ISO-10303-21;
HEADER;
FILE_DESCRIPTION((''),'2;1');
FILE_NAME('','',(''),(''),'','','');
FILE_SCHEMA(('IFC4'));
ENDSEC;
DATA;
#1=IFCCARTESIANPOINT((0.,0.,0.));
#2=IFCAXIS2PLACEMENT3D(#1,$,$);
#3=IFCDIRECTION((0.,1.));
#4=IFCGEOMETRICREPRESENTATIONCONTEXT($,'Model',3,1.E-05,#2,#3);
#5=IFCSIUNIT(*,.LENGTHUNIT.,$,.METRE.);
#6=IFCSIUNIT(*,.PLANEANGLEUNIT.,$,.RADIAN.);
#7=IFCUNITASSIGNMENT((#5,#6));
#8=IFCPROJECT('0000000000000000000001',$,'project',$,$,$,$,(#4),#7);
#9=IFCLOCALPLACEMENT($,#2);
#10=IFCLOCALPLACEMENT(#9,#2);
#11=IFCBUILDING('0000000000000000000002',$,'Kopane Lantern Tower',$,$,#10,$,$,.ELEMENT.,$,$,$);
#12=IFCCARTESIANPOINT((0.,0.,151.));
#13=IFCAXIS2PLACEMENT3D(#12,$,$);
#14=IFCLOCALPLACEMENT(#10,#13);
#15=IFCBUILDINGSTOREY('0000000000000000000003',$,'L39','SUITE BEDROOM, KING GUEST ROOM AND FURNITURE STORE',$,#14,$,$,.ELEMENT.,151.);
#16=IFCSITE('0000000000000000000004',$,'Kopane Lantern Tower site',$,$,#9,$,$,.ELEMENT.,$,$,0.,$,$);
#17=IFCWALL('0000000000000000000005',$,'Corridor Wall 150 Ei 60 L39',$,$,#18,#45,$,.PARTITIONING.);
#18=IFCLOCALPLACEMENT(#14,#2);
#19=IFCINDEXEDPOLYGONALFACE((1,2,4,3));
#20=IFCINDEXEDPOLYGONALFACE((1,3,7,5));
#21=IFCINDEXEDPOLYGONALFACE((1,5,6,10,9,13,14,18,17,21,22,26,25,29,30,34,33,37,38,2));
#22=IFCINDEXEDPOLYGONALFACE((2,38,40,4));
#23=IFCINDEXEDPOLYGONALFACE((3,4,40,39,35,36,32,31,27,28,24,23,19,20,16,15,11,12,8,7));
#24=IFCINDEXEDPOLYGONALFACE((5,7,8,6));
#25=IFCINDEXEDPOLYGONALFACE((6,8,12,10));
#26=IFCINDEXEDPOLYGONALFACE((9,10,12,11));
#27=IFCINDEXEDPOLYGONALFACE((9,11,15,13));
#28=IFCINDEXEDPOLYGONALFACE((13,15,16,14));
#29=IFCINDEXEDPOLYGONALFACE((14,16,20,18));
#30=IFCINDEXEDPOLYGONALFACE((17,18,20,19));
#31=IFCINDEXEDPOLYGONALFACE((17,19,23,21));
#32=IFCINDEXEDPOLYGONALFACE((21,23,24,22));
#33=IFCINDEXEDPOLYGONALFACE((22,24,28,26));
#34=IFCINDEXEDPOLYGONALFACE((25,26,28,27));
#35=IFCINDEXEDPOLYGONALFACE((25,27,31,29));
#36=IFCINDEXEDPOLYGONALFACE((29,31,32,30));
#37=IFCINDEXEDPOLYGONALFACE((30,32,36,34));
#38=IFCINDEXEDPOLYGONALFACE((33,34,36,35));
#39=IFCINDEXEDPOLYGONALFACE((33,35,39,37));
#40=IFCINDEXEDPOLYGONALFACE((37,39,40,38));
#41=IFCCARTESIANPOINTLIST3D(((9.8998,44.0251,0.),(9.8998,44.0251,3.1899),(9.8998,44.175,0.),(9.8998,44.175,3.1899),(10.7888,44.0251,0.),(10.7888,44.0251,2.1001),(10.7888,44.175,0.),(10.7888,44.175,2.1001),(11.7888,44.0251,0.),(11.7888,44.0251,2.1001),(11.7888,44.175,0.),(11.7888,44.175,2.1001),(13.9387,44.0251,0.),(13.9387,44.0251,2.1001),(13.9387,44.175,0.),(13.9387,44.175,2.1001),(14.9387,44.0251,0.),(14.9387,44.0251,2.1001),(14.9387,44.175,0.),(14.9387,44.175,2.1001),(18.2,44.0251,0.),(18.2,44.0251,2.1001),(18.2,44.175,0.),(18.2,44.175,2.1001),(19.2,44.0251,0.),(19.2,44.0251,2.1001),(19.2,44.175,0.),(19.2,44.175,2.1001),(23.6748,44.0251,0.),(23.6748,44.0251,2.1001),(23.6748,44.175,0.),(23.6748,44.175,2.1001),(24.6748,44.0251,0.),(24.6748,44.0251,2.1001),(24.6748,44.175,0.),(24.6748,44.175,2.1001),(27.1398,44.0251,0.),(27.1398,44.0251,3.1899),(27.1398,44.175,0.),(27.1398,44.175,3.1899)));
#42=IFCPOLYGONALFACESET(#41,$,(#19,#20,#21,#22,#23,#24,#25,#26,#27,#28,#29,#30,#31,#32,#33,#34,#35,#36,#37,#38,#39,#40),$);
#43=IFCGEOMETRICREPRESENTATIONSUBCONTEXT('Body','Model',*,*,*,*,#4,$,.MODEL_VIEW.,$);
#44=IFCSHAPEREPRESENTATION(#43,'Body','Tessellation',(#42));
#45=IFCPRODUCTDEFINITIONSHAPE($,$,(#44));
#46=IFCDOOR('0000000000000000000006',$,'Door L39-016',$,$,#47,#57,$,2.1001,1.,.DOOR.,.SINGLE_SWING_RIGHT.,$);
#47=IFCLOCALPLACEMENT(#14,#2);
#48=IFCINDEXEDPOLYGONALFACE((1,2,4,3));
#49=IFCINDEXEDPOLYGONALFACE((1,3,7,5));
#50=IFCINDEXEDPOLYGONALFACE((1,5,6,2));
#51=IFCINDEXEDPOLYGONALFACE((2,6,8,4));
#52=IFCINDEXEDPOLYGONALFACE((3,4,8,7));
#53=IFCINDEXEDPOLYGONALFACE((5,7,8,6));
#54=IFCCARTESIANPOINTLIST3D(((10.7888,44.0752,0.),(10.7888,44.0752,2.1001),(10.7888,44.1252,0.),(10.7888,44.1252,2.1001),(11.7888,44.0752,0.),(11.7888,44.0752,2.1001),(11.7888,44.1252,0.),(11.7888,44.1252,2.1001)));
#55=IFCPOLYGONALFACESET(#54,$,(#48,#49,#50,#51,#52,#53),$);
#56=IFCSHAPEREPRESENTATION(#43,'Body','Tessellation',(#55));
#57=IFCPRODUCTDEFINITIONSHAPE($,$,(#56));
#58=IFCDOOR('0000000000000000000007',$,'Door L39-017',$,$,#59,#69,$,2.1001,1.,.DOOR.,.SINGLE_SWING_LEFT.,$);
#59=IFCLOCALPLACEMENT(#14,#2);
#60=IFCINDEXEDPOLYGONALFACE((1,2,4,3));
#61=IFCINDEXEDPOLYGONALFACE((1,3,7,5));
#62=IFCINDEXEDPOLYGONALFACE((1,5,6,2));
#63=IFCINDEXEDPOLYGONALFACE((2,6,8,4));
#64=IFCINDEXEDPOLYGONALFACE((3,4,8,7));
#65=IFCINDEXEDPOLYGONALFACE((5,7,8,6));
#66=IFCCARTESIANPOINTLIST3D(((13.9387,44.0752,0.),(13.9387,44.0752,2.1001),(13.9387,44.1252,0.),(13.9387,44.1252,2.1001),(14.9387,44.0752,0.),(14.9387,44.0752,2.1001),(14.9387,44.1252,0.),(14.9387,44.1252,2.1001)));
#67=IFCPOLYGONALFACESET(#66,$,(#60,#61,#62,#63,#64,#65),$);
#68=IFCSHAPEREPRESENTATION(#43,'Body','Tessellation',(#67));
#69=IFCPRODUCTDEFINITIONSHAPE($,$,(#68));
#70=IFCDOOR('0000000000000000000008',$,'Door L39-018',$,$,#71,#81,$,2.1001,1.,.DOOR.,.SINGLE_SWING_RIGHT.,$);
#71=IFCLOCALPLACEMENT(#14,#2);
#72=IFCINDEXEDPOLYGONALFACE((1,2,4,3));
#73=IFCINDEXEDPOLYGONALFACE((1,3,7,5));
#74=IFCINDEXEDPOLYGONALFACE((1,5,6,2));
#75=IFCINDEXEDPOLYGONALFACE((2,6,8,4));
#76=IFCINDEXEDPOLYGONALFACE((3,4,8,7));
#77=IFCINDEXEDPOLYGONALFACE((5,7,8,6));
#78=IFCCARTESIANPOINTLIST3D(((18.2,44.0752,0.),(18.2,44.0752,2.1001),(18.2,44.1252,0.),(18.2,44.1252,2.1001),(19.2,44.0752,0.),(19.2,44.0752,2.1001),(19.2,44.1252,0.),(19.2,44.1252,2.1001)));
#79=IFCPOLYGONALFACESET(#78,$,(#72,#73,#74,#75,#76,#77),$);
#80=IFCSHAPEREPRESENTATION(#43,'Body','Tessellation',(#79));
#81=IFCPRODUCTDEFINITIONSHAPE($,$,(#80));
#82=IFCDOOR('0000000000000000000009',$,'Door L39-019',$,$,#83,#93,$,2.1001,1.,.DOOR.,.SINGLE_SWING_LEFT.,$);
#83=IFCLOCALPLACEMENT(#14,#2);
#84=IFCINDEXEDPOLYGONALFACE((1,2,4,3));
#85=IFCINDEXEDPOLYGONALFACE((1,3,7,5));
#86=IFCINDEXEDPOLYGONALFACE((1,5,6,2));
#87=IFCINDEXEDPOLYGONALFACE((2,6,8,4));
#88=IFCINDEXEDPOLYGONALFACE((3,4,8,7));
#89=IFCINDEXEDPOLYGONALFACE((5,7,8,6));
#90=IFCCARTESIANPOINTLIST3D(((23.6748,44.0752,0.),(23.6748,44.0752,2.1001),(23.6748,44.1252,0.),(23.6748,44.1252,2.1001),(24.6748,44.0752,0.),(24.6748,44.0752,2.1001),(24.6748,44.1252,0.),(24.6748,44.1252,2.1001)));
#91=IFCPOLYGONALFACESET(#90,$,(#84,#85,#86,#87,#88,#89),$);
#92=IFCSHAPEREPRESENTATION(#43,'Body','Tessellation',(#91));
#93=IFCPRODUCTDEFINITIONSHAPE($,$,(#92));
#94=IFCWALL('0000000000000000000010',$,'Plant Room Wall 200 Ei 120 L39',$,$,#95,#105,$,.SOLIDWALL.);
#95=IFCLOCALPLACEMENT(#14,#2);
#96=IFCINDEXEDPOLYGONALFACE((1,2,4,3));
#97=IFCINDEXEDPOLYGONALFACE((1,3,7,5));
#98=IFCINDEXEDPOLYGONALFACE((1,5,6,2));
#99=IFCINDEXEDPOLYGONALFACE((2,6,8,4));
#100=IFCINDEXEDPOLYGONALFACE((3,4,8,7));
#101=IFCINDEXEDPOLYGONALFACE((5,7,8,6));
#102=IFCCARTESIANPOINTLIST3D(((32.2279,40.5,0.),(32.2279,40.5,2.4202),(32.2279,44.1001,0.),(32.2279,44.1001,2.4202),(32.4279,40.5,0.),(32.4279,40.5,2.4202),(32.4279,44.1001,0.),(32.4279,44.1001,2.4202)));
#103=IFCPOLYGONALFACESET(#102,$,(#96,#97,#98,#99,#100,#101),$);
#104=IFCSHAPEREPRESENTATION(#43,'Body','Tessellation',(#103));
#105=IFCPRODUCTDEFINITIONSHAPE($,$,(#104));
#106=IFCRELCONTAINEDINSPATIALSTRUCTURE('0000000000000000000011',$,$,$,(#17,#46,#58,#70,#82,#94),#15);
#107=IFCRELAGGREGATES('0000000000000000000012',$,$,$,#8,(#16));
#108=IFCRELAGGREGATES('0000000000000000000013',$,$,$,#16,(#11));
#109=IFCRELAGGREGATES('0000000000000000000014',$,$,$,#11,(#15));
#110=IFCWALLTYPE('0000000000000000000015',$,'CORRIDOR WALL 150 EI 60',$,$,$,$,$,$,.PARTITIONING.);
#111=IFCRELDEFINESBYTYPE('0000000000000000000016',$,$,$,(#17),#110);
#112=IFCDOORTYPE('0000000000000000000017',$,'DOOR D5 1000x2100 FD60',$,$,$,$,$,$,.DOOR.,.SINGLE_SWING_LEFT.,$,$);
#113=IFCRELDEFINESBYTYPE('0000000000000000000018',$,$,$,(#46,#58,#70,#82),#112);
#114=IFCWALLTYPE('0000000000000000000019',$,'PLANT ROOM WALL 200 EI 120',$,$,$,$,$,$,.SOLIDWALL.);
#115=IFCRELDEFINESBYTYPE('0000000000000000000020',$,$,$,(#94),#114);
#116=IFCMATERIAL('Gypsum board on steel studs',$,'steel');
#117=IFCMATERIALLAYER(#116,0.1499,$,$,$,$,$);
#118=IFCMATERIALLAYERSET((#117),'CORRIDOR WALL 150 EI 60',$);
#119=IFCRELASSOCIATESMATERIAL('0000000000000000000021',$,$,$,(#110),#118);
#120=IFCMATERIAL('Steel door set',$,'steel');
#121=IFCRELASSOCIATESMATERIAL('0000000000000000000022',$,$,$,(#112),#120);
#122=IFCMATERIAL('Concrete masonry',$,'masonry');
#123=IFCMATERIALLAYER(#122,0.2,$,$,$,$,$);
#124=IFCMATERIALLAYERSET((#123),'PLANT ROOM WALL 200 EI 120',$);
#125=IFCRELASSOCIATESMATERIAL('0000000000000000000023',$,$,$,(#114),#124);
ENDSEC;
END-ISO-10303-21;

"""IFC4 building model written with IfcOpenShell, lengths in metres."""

from ifc_helpers import new_model, si_unit, direction, frame, frame_2d, origin, place, context, subcontext, project, spatial, rectangle, extrude, material, layer, layer_set, type_object, element, fill, save


model = new_model("IFC4")

# Units and contexts
model_context = context("Model", 3, precision=1e-05, world=origin(), true_north=direction((0.0, 1.0)))
body_context = subcontext(model_context, "Body", "Model", "MODEL_VIEW")
ifc_project = project(units=[si_unit("LENGTHUNIT", "METRE"), si_unit("PLANEANGLEUNIT", "RADIAN")], contexts=[model_context])

# Site, building, storey
site_placement = place(None, origin())
site = spatial("IfcSite", under=ifc_project, at=site_placement, Name="Kopane Lantern Tower site", CompositionType="ELEMENT", RefElevation=0.0)
building_placement = place(site_placement, origin())
building = spatial("IfcBuilding", under=site, at=building_placement, Name="Kopane Lantern Tower", CompositionType="ELEMENT")
storey_placement = place(building_placement, frame((0.0, 0.0, 151.0)))
storey = spatial("IfcBuildingStorey", under=building, at=storey_placement, Name="L39", Description="SUITE BEDROOM, KING GUEST ROOM AND FURNITURE STORE", CompositionType="ELEMENT", Elevation=151.0)

# Wall, openings, doors
ifc_material_1 = material(Name="Gypsum board on steel studs", Category="steel")
ifc_layer_1 = layer(ifc_material_1, 0.1499)
ifc_layer_set_1 = layer_set([ifc_layer_1], Name="CORRIDOR WALL 150 EI 60")
wall_type_1 = type_object("IfcWallType", Name="CORRIDOR WALL 150 EI 60", PredefinedType="PARTITIONING", material=ifc_layer_set_1)
wall_1_placement = place(storey_placement, frame((27.1399, 44.1001, 0.0), z_axis=(0.0, 0.0, 1.0), x_axis=(-1.0, 0.0, 0.0)))
wall_1 = element("IfcWall", 1, at=wall_1_placement, inside=storey, type_object=wall_type_1, Name="Corridor Wall 150 Ei 60 L39", PredefinedType="PARTITIONING", context=body_context, shape_type="SweptSolid", body=[
    extrude(rectangle(XDim=17.24, YDim=0.1499, at=frame_2d((8.6201, 0.0))), origin(), (0.0, 0.0, 1.0), 3.1899),
])
opening_1_placement = place(wall_1_placement, frame((15.3511, 0.0, 0.0)))
opening_1 = element("IfcOpeningElement", 2, at=opening_1_placement, cuts=wall_1, PredefinedType="OPENING", context=body_context, shape_type="SweptSolid", body=[
    extrude(rectangle(XDim=1.0, YDim=2.1001, at=frame_2d((0.5, 1.05))), frame((0.0, 0.085, 0.0), z_axis=(0.0, -1.0, 0.0), x_axis=(1.0, 0.0, 0.0)), (0.0, 0.0, 1.0), 0.1699),
])
opening_2_placement = place(wall_1_placement, frame((12.2012, 0.0, 0.0)))
opening_2 = element("IfcOpeningElement", 3, at=opening_2_placement, cuts=wall_1, PredefinedType="OPENING", context=body_context, shape_type="SweptSolid", body=[
    extrude(rectangle(XDim=1.0, YDim=2.1001, at=frame_2d((0.5, 1.05))), frame((0.0, 0.085, 0.0), z_axis=(0.0, -1.0, 0.0), x_axis=(1.0, 0.0, 0.0)), (0.0, 0.0, 1.0), 0.1699),
])
opening_3_placement = place(wall_1_placement, frame((7.9399, 0.0, 0.0)))
opening_3 = element("IfcOpeningElement", 4, at=opening_3_placement, cuts=wall_1, PredefinedType="OPENING", context=body_context, shape_type="SweptSolid", body=[
    extrude(rectangle(XDim=1.0, YDim=2.1001, at=frame_2d((0.5, 1.05))), frame((0.0, 0.085, 0.0), z_axis=(0.0, -1.0, 0.0), x_axis=(1.0, 0.0, 0.0)), (0.0, 0.0, 1.0), 0.1699),
])
opening_4_placement = place(wall_1_placement, frame((2.4651, 0.0, 0.0)))
opening_4 = element("IfcOpeningElement", 5, at=opening_4_placement, cuts=wall_1, PredefinedType="OPENING", context=body_context, shape_type="SweptSolid", body=[
    extrude(rectangle(XDim=1.0, YDim=2.1001, at=frame_2d((0.5, 1.05))), frame((0.0, 0.085, 0.0), z_axis=(0.0, -1.0, 0.0), x_axis=(1.0, 0.0, 0.0)), (0.0, 0.0, 1.0), 0.1699),
])
ifc_material_2 = material(Name="Steel door set", Category="steel")
door_type_1 = type_object("IfcDoorType", Name="DOOR D5 1000x2100 FD60", OperationType="SINGLE_SWING_LEFT", PredefinedType="DOOR", material=ifc_material_2)
door_1_placement = place(opening_1_placement, origin())
door_1 = element("IfcDoor", 6, at=door_1_placement, inside=storey, type_object=door_type_1, Name="Door L39-016", OperationType="SINGLE_SWING_RIGHT", OverallHeight=2.1001, OverallWidth=1.0, PredefinedType="DOOR", context=body_context, shape_type="SweptSolid", body=[
    extrude(rectangle(XDim=1.0, YDim=2.1001, at=frame_2d((0.5, 1.05))), frame((0.0, 0.0249, 0.0), z_axis=(0.0, -1.0, 0.0), x_axis=(1.0, 0.0, 0.0)), (0.0, 0.0, 1.0), 0.05),
])
fill(opening_1, door_1)
door_2_placement = place(opening_2_placement, origin())
door_2 = element("IfcDoor", 7, at=door_2_placement, inside=storey, type_object=door_type_1, Name="Door L39-017", OperationType="SINGLE_SWING_LEFT", OverallHeight=2.1001, OverallWidth=1.0, PredefinedType="DOOR", context=body_context, shape_type="SweptSolid", body=[
    extrude(rectangle(XDim=1.0, YDim=2.1001, at=frame_2d((0.5, 1.05))), frame((0.0, 0.0249, 0.0), z_axis=(0.0, -1.0, 0.0), x_axis=(1.0, 0.0, 0.0)), (0.0, 0.0, 1.0), 0.05),
])
fill(opening_2, door_2)
door_3_placement = place(opening_3_placement, origin())
door_3 = element("IfcDoor", 8, at=door_3_placement, inside=storey, type_object=door_type_1, Name="Door L39-018", OperationType="SINGLE_SWING_RIGHT", OverallHeight=2.1001, OverallWidth=1.0, PredefinedType="DOOR", context=body_context, shape_type="SweptSolid", body=[
    extrude(rectangle(XDim=1.0, YDim=2.1001, at=frame_2d((0.5, 1.05))), frame((0.0, 0.0249, 0.0), z_axis=(0.0, -1.0, 0.0), x_axis=(1.0, 0.0, 0.0)), (0.0, 0.0, 1.0), 0.05),
])
fill(opening_3, door_3)
door_4_placement = place(opening_4_placement, origin())
door_4 = element("IfcDoor", 9, at=door_4_placement, inside=storey, type_object=door_type_1, Name="Door L39-019", OperationType="SINGLE_SWING_LEFT", OverallHeight=2.1001, OverallWidth=1.0, PredefinedType="DOOR", context=body_context, shape_type="SweptSolid", body=[
    extrude(rectangle(XDim=1.0, YDim=2.1001, at=frame_2d((0.5, 1.05))), frame((0.0, 0.0249, 0.0), z_axis=(0.0, -1.0, 0.0), x_axis=(1.0, 0.0, 0.0)), (0.0, 0.0, 1.0), 0.05),
])
fill(opening_4, door_4)

# Wall
ifc_material_3 = material(Name="Concrete masonry", Category="masonry")
ifc_layer_2 = layer(ifc_material_3, 0.2)
ifc_layer_set_2 = layer_set([ifc_layer_2], Name="PLANT ROOM WALL 200 EI 120")
wall_type_2 = type_object("IfcWallType", Name="PLANT ROOM WALL 200 EI 120", PredefinedType="SOLIDWALL", material=ifc_layer_set_2)
wall_2_placement = place(storey_placement, frame((32.3279, 44.1001, 0.0), z_axis=(0.0, 0.0, 1.0), x_axis=(0.0, -1.0, 0.0)))
element("IfcWall", 10, at=wall_2_placement, inside=storey, type_object=wall_type_2, Name="Plant Room Wall 200 Ei 120 L39", PredefinedType="SOLIDWALL", context=body_context, shape_type="SweptSolid", body=[
    extrude(rectangle(XDim=3.6001, YDim=0.2, at=frame_2d((1.8, 0.0))), origin(), (0.0, 0.0, 1.0), 2.4202),
])

save(model, "model.ifc")
